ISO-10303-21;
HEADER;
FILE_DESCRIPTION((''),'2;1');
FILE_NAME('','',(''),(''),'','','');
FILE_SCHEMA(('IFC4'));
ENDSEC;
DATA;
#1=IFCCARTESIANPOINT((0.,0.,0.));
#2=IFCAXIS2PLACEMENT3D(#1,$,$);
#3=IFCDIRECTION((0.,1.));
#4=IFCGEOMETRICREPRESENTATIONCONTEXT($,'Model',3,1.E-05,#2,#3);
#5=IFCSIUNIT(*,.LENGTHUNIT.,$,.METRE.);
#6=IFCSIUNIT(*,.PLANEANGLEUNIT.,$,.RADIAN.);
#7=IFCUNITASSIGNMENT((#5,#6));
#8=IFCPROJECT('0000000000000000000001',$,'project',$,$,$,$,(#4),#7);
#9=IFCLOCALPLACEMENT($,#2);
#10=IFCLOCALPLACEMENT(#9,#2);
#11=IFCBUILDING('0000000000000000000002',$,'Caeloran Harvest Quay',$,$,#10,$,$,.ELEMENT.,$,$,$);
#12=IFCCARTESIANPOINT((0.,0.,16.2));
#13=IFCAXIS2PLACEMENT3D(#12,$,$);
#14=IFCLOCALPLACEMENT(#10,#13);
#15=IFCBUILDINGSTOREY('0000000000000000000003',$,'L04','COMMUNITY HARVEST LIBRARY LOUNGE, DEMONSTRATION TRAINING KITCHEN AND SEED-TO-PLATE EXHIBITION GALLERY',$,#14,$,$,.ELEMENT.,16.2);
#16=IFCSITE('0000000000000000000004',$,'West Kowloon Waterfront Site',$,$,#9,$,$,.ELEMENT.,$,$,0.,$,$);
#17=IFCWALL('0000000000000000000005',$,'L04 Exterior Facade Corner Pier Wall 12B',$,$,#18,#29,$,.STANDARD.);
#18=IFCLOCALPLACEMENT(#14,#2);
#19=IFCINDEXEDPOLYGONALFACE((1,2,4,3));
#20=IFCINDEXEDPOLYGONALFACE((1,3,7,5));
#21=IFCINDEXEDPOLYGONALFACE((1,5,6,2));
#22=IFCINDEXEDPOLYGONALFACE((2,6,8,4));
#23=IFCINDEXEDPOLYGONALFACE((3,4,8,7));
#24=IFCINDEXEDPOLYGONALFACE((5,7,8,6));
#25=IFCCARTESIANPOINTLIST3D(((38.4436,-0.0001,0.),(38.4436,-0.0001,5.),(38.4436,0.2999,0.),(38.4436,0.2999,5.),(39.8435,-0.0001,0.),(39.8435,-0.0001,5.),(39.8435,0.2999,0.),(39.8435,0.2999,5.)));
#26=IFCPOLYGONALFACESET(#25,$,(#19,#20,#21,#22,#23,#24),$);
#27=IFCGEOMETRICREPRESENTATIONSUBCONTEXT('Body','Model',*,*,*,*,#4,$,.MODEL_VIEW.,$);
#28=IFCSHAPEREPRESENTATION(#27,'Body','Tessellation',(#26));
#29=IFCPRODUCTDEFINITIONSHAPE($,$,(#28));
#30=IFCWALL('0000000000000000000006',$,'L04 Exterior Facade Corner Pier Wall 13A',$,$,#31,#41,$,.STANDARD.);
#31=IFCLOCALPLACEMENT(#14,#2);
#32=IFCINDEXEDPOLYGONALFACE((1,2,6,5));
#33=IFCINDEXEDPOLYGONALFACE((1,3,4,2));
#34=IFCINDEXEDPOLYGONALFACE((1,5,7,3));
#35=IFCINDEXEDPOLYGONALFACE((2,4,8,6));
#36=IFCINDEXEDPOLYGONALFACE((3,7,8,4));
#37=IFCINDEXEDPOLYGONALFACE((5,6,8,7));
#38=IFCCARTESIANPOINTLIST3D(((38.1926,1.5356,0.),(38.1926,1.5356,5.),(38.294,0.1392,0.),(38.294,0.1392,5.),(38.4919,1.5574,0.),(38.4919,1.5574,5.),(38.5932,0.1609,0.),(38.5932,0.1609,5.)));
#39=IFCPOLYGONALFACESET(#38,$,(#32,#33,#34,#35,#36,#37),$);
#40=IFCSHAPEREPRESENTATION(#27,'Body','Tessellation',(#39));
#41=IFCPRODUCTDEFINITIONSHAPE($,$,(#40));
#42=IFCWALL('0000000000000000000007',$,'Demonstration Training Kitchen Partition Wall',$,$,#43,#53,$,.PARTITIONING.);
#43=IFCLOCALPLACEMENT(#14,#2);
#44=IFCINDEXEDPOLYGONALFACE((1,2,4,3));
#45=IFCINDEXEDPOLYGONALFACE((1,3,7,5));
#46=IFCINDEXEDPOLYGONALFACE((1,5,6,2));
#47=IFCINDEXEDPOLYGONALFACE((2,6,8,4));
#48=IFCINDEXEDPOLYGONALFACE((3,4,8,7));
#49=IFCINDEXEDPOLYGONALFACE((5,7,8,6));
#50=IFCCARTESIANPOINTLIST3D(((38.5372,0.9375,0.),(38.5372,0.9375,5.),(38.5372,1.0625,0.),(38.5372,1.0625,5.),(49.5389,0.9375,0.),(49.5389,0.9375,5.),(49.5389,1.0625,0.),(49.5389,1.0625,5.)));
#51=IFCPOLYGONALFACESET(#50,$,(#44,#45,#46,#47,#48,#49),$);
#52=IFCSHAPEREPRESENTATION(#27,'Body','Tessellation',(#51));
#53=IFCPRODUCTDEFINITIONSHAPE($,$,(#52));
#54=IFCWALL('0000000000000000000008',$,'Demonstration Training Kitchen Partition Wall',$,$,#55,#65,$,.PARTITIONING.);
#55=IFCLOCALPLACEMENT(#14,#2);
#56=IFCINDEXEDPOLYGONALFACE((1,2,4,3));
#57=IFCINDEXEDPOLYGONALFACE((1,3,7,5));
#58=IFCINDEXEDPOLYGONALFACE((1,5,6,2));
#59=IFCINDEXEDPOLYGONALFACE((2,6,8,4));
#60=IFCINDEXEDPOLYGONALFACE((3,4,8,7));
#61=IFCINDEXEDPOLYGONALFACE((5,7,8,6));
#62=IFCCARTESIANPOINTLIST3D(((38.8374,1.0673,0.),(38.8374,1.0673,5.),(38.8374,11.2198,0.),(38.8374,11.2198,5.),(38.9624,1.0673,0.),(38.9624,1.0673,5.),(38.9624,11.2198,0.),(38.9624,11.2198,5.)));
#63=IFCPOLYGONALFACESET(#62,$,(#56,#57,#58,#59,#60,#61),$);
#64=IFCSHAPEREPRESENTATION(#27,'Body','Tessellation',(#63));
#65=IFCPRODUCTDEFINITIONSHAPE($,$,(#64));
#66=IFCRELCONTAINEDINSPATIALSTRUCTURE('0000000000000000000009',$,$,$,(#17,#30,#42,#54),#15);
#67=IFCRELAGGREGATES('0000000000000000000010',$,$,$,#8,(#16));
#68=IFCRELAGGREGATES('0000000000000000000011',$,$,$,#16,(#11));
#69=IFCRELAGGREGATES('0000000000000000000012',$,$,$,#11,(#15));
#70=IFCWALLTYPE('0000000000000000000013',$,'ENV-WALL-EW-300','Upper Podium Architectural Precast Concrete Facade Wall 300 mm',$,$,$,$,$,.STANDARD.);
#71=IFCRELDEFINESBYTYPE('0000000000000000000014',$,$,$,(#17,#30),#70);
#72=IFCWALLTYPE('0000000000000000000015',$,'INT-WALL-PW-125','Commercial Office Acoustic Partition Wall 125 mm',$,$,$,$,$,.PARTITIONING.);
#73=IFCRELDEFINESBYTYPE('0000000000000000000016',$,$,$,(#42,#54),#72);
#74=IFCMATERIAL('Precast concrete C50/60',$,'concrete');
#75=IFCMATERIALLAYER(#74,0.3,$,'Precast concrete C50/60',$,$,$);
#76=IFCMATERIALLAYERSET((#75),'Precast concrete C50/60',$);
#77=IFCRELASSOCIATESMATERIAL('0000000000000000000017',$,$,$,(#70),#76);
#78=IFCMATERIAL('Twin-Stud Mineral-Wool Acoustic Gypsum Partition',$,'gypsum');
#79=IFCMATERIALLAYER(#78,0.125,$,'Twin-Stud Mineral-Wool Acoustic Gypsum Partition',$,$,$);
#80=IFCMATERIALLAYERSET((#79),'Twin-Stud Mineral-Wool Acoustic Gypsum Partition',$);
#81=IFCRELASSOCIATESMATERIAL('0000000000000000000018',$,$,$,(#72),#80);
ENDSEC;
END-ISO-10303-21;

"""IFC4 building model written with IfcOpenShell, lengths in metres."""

from ifc_helpers import new_model, si_unit, direction, frame, frame_2d, origin, place, context, subcontext, project, spatial, rectangle, extrude, material, layer, layer_set, type_object, element, save


model = new_model("IFC4")

# Units and contexts
model_context = context("Model", 3, precision=1e-05, world=origin(), true_north=direction((0.0, 1.0)))
body_context = subcontext(model_context, "Body", "Model", "MODEL_VIEW")
ifc_project = project(units=[si_unit("LENGTHUNIT", "METRE"), si_unit("PLANEANGLEUNIT", "RADIAN")], contexts=[model_context])

# Site, building, storey
site_placement = place(None, origin())
site = spatial("IfcSite", under=ifc_project, at=site_placement, Name="West Kowloon Waterfront Site", CompositionType="ELEMENT", RefElevation=0.0)
building_placement = place(site_placement, origin())
building = spatial("IfcBuilding", under=site, at=building_placement, Name="Caeloran Harvest Quay", CompositionType="ELEMENT")
storey_placement = place(building_placement, frame((0.0, 0.0, 16.2)))
storey = spatial("IfcBuildingStorey", under=building, at=storey_placement, Name="L04", Description="COMMUNITY HARVEST LIBRARY LOUNGE, DEMONSTRATION TRAINING KITCHEN AND SEED-TO-PLATE EXHIBITION GALLERY", CompositionType="ELEMENT", Elevation=16.2)

# Walls
ifc_material_1 = material(Name="Precast concrete C50/60", Category="concrete")
ifc_layer_1 = layer(ifc_material_1, 0.3, Name="Precast concrete C50/60")
ifc_layer_set_1 = layer_set([ifc_layer_1], Name="Precast concrete C50/60")
wall_type_1 = type_object("IfcWallType", Name="ENV-WALL-EW-300", Description="Upper Podium Architectural Precast Concrete Facade Wall 300 mm", PredefinedType="STANDARD", material=ifc_layer_set_1)
wall_1_placement = place(storey_placement, frame((39.8435, 0.1499, 0.0), z_axis=(0.0, 0.0, 1.0), x_axis=(-1.0, 0.0, 0.0)))
element("IfcWall", 1, at=wall_1_placement, inside=storey, type_object=wall_type_1, Name="L04 Exterior Facade Corner Pier Wall 12B", PredefinedType="STANDARD", context=body_context, shape_type="SweptSolid", body=[
    extrude(rectangle(XDim=1.3999, YDim=0.3, at=frame_2d((0.7, 0.0))), origin(), (0.0, 0.0, 1.0), 5.0),
])
wall_2_placement = place(storey_placement, frame((38.4436, 0.1499, 0.0), z_axis=(0.0, 0.0, 1.0), x_axis=(-0.072362, 0.997378, 0.0)))
element("IfcWall", 2, at=wall_2_placement, inside=storey, type_object=wall_type_1, Name="L04 Exterior Facade Corner Pier Wall 13A", PredefinedType="STANDARD", context=body_context, shape_type="SweptSolid", body=[
    extrude(rectangle(XDim=1.4001, YDim=0.3, at=frame_2d((0.7002, 0.0))), origin(), (0.0, 0.0, 1.0), 5.0),
])
ifc_material_2 = material(Name="Twin-Stud Mineral-Wool Acoustic Gypsum Partition", Category="gypsum")
ifc_layer_2 = layer(ifc_material_2, 0.125, Name="Twin-Stud Mineral-Wool Acoustic Gypsum Partition")
ifc_layer_set_2 = layer_set([ifc_layer_2], Name="Twin-Stud Mineral-Wool Acoustic Gypsum Partition")
wall_type_2 = type_object("IfcWallType", Name="INT-WALL-PW-125", Description="Commercial Office Acoustic Partition Wall 125 mm", PredefinedType="PARTITIONING", material=ifc_layer_set_2)
wall_3_placement = place(storey_placement, frame((49.5391, 1.0, 0.0), z_axis=(0.0, 0.0, 1.0), x_axis=(-1.0, 0.0, 0.0)))
element("IfcWall", 3, at=wall_3_placement, inside=storey, type_object=wall_type_2, Name="Demonstration Training Kitchen Partition Wall", PredefinedType="PARTITIONING", context=body_context, shape_type="SweptSolid", body=[
    extrude(rectangle(XDim=11.0017, YDim=0.125, at=frame_2d((5.501, 0.0))), origin(), (0.0, 0.0, 1.0), 5.0),
])
wall_4_placement = place(storey_placement, frame((38.8999, 1.0674, 0.0), z_axis=(0.0, 0.0, 1.0), x_axis=(0.0, 1.0, 0.0)))
element("IfcWall", 4, at=wall_4_placement, inside=storey, type_object=wall_type_2, Name="Demonstration Training Kitchen Partition Wall", PredefinedType="PARTITIONING", context=body_context, shape_type="SweptSolid", body=[
    extrude(rectangle(XDim=10.1526, YDim=0.125, at=frame_2d((5.0762, 0.0))), origin(), (0.0, 0.0, 1.0), 5.0),
])

save(model, "model.ifc")
